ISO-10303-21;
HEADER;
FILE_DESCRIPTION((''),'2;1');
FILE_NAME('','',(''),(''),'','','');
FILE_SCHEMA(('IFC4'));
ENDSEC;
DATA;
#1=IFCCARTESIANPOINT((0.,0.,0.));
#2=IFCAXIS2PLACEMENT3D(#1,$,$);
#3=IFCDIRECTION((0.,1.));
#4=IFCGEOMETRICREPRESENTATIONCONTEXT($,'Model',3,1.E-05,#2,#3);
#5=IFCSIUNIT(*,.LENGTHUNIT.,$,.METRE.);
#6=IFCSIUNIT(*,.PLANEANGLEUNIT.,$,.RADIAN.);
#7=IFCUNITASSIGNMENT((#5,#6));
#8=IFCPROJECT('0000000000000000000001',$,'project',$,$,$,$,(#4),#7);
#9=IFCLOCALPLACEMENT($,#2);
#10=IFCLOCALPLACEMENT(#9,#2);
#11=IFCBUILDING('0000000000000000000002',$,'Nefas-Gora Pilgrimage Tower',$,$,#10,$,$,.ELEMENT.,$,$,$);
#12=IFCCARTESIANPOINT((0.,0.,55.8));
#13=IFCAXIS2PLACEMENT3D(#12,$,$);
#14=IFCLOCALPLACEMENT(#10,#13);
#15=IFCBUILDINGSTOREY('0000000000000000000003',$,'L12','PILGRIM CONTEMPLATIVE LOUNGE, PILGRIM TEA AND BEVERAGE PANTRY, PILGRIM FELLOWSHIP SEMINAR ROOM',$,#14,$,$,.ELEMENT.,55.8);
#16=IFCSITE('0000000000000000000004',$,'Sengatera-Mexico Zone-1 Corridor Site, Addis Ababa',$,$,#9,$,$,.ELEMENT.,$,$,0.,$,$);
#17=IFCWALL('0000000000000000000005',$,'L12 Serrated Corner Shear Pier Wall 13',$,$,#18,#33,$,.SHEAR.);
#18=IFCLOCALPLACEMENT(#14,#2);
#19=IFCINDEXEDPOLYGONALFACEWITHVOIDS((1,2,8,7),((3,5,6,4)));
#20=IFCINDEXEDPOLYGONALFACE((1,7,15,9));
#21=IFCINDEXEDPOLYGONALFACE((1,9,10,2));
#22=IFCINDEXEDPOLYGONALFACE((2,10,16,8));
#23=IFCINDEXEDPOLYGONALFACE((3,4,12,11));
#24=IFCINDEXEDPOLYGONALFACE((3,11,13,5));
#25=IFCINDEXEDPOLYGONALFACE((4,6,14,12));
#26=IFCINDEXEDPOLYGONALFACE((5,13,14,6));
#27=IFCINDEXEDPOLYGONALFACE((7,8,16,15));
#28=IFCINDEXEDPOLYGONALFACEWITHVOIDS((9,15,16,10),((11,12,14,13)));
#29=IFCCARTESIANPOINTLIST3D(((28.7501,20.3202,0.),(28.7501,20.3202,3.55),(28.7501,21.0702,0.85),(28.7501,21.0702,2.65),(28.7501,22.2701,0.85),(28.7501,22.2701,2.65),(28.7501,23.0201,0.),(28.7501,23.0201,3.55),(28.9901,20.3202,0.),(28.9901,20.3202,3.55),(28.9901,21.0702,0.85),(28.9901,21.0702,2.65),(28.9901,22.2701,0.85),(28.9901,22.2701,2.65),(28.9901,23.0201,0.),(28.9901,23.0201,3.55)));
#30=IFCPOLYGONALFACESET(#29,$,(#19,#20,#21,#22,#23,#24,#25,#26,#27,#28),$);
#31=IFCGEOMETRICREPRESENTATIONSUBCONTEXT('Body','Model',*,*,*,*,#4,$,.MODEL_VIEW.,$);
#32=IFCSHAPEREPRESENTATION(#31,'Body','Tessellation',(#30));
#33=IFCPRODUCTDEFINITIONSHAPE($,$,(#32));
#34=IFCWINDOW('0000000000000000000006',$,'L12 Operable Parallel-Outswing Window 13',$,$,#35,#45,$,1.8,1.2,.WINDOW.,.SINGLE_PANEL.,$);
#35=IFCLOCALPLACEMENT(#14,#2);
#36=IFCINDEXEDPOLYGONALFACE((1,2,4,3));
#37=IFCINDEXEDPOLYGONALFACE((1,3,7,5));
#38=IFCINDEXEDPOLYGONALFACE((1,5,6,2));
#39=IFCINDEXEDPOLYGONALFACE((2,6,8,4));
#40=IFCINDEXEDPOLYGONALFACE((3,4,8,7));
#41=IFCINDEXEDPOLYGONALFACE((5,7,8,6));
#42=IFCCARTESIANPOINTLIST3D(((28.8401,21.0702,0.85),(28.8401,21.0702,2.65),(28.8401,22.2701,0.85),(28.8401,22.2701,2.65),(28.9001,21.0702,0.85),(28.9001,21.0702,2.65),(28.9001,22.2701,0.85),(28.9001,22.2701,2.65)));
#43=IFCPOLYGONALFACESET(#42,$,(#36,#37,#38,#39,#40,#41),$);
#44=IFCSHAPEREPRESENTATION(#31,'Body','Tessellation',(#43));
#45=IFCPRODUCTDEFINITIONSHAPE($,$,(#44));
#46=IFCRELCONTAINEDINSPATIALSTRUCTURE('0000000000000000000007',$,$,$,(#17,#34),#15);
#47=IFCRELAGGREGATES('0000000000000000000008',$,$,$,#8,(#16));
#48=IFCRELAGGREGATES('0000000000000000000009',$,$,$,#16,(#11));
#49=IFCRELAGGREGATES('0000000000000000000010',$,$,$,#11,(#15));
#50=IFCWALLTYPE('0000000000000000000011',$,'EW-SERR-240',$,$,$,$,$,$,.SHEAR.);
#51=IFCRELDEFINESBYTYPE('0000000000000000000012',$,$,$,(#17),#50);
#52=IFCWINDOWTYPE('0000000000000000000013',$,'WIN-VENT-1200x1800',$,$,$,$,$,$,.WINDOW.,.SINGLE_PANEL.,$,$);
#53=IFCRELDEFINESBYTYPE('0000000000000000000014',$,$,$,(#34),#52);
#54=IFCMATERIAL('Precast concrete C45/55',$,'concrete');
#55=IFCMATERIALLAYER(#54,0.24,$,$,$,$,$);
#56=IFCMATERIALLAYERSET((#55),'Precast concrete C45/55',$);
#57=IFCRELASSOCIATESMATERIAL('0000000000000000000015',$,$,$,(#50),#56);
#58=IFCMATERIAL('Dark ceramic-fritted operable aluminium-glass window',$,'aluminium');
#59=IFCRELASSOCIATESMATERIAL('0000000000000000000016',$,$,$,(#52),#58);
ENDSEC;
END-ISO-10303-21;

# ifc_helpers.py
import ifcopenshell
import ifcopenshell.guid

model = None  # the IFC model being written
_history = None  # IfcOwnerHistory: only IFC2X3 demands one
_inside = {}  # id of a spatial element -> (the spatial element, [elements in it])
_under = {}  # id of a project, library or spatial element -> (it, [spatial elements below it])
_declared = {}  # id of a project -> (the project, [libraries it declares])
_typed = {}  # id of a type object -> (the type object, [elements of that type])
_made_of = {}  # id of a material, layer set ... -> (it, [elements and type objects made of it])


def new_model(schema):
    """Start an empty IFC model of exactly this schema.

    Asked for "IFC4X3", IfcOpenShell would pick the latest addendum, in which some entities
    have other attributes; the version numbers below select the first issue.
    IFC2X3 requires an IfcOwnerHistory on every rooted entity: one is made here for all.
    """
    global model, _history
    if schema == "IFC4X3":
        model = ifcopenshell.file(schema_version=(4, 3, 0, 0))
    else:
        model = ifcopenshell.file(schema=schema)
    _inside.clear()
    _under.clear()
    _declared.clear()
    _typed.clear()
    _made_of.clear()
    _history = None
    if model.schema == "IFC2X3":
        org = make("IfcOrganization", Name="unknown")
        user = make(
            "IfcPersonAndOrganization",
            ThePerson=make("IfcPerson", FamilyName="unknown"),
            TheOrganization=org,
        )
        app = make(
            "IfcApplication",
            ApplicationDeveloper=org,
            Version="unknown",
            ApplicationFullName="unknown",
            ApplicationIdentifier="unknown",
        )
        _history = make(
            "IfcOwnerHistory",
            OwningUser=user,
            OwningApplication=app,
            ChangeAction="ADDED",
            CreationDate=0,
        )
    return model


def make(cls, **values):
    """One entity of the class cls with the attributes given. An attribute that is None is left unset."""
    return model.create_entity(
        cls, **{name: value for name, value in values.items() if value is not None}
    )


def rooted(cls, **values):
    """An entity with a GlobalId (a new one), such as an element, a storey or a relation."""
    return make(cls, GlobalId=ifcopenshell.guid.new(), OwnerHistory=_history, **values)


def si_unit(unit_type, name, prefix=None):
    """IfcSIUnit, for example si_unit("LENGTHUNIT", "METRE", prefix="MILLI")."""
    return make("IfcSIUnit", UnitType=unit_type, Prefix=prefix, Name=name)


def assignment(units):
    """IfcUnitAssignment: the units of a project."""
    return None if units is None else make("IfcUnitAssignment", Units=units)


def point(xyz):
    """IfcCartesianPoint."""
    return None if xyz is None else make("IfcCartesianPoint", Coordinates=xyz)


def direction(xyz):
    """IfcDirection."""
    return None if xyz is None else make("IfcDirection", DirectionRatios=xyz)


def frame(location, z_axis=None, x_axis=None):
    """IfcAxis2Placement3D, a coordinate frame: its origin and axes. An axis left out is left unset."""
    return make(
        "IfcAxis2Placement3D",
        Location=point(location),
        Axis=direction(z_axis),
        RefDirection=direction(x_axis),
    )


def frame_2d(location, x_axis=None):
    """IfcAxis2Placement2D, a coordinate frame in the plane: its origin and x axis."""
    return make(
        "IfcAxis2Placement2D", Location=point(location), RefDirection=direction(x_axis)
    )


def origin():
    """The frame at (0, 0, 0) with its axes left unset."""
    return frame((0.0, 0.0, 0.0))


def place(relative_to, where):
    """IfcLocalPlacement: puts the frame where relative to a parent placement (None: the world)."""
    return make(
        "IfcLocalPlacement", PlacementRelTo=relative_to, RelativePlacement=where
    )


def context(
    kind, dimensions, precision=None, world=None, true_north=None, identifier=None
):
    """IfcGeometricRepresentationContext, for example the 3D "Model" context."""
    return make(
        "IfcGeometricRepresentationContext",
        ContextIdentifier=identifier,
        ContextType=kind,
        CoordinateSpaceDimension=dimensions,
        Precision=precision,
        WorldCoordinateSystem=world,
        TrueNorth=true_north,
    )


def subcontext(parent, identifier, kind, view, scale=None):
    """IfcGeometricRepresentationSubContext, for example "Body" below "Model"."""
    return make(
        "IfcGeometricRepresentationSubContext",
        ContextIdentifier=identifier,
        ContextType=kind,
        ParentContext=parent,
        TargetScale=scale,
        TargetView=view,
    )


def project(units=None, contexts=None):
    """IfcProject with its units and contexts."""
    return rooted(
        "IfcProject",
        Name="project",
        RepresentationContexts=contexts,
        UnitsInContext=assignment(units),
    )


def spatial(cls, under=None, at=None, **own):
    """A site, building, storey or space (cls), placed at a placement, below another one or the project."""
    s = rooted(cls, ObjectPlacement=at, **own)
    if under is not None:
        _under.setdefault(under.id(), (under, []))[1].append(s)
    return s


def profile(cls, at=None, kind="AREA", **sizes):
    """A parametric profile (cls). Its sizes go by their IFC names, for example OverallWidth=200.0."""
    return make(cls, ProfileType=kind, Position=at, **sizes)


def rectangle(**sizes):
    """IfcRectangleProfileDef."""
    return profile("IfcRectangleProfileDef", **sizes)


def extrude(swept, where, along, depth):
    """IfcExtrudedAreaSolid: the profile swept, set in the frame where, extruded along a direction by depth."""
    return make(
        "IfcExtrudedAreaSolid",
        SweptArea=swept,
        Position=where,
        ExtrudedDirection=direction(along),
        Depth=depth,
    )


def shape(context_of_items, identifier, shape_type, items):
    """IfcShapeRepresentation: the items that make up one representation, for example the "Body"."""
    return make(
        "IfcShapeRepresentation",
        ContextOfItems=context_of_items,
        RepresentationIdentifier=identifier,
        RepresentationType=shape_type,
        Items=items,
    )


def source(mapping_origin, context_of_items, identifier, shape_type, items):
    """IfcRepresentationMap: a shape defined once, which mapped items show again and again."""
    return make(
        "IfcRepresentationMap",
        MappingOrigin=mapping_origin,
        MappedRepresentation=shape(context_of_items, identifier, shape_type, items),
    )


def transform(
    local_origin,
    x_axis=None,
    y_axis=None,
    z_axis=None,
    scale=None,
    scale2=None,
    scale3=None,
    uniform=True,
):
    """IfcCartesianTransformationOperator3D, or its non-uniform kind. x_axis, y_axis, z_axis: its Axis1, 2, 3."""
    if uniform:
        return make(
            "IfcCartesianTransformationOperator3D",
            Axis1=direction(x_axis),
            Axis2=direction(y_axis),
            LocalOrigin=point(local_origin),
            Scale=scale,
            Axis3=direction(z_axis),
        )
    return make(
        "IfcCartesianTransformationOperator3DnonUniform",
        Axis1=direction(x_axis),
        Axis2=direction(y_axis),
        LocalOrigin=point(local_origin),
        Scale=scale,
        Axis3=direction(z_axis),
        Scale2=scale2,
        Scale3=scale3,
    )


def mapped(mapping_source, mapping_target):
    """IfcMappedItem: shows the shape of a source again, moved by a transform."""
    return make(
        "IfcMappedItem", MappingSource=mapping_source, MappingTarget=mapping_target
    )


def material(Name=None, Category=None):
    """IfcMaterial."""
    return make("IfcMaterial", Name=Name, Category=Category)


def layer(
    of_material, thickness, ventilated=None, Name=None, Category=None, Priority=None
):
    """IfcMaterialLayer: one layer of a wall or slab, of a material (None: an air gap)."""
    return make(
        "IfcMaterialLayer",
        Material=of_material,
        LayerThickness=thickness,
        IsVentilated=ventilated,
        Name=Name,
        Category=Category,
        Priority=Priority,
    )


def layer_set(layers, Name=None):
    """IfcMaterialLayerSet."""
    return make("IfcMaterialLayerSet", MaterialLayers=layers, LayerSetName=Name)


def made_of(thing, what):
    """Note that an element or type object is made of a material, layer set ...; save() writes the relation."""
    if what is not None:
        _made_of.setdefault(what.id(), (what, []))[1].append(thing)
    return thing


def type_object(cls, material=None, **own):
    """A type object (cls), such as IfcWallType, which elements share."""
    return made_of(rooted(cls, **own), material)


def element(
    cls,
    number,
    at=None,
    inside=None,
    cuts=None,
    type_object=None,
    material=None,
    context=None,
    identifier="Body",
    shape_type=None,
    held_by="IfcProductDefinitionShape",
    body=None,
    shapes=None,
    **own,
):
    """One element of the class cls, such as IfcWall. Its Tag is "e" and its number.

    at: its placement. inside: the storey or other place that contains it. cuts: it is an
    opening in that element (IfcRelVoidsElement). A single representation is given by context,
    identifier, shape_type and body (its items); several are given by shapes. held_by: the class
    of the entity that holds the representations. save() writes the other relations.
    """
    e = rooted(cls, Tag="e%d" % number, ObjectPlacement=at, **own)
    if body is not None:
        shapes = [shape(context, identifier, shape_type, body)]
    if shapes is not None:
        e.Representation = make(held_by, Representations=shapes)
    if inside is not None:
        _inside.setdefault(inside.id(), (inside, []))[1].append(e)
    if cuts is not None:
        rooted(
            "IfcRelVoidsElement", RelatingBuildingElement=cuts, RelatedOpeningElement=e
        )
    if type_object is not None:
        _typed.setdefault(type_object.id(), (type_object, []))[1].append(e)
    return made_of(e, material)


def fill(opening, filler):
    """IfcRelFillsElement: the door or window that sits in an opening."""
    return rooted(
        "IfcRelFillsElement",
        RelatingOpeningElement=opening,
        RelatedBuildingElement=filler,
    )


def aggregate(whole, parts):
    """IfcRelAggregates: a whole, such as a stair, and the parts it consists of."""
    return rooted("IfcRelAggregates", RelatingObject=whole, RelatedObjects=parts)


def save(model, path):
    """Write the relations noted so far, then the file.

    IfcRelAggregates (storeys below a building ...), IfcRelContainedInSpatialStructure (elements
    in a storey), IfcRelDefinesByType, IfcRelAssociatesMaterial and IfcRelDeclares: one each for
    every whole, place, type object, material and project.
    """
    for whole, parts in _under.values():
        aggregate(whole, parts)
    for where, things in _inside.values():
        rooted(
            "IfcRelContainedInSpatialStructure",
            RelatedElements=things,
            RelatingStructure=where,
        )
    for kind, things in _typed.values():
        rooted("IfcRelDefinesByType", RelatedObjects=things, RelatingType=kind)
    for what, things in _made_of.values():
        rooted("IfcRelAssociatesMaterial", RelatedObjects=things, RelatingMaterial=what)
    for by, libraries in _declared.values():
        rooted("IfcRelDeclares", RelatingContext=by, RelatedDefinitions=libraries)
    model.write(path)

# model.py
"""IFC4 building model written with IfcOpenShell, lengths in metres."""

from ifc_helpers import new_model, si_unit, direction, frame, frame_2d, origin, place, context, subcontext, project, spatial, rectangle, extrude, source, transform, mapped, material, layer, layer_set, type_object, element, fill, save


model = new_model("IFC4")

# Units and contexts
model_context = context("Model", 3, precision=1e-05, world=origin(), true_north=direction((0.0, 1.0)))
body_context = subcontext(model_context, "Body", "Model", "MODEL_VIEW")
ifc_project = project(units=[si_unit("LENGTHUNIT", "METRE"), si_unit("PLANEANGLEUNIT", "RADIAN")], contexts=[model_context])

# Site, building, storey
site_placement = place(None, origin())
site = spatial("IfcSite", under=ifc_project, at=site_placement, Name="Sengatera-Mexico Zone-1 Corridor Site, Addis Ababa", CompositionType="ELEMENT", RefElevation=0.0)
building_placement = place(site_placement, origin())
building = spatial("IfcBuilding", under=site, at=building_placement, Name="Nefas-Gora Pilgrimage Tower", CompositionType="ELEMENT")
storey_placement = place(building_placement, frame((0.0, 0.0, 55.8)))
storey = spatial("IfcBuildingStorey", under=building, at=storey_placement, Name="L12", Description="PILGRIM CONTEMPLATIVE LOUNGE, PILGRIM TEA AND BEVERAGE PANTRY, PILGRIM FELLOWSHIP SEMINAR ROOM", CompositionType="ELEMENT", Elevation=55.8)

# Shared definitions
ifc_material_1 = material(Name="Precast concrete C45/55", Category="concrete")
ifc_layer_1 = layer(ifc_material_1, 0.24)
ifc_layer_set_1 = layer_set([ifc_layer_1], Name="Precast concrete C45/55")
wall_type = type_object("IfcWallType", Name="EW-SERR-240", PredefinedType="SHEAR", material=ifc_layer_set_1)
shared_shape_1 = source(origin(), body_context, "Body", "SweptSolid", [
    extrude(rectangle(XDim=2.7, YDim=0.24, at=frame_2d((1.3501, 0.0))), origin(), (0.0, 0.0, 1.0), 3.55),
])

# Wall, opening, window
wall_placement = place(storey_placement, frame((28.8701, 20.3201, 0.0), z_axis=(0.0, 0.0, 1.0), x_axis=(0.0, 1.0, 0.0)))
wall = element("IfcWall", 1, at=wall_placement, inside=storey, type_object=wall_type, Name="L12 Serrated Corner Shear Pier Wall 13", PredefinedType="SHEAR", context=body_context, shape_type="MappedRepresentation", body=[
    mapped(shared_shape_1, transform((0.0, 0.0, 0.0), x_axis=(1.0, 0.0, 0.0), y_axis=(0.0, 1.0, 0.0), z_axis=(0.0, 0.0, 1.0), scale=1.0)),
])
opening_placement = place(wall_placement, frame((0.75, 0.0, 0.8501)))
opening = element("IfcOpeningElement", 2, at=opening_placement, cuts=wall, PredefinedType="OPENING", context=body_context, shape_type="SweptSolid", body=[
    extrude(rectangle(XDim=1.2, YDim=1.8, at=frame_2d((0.6001, 0.8999))), frame((0.0, 0.1299, 0.0), z_axis=(0.0, -1.0, 0.0), x_axis=(1.0, 0.0, 0.0)), (0.0, 0.0, 1.0), 0.26),
])
ifc_material_2 = material(Name="Dark ceramic-fritted operable aluminium-glass window", Category="aluminium")
window_type = type_object("IfcWindowType", Name="WIN-VENT-1200x1800", PartitioningType="SINGLE_PANEL", PredefinedType="WINDOW", material=ifc_material_2)
shared_shape_2 = source(origin(), body_context, "Body", "SweptSolid", [
    extrude(rectangle(XDim=1.2, YDim=1.8, at=frame_2d((0.6001, 0.8999))), frame((0.0, 0.03, 0.0), z_axis=(0.0, -1.0, 0.0), x_axis=(1.0, 0.0, 0.0)), (0.0, 0.0, 1.0), 0.0601),
])
window_placement = place(opening_placement, origin())
window = element("IfcWindow", 3, at=window_placement, inside=storey, type_object=window_type, Name="L12 Operable Parallel-Outswing Window 13", OverallHeight=1.8, OverallWidth=1.2, PartitioningType="SINGLE_PANEL", PredefinedType="WINDOW", context=body_context, shape_type="MappedRepresentation", body=[
    mapped(shared_shape_2, transform((0.0, 0.0, 0.0), x_axis=(1.0, 0.0, 0.0), y_axis=(0.0, 1.0, 0.0), z_axis=(0.0, 0.0, 1.0), scale=1.0)),
])
fill(opening, window)

save(model, "model.ifc")
